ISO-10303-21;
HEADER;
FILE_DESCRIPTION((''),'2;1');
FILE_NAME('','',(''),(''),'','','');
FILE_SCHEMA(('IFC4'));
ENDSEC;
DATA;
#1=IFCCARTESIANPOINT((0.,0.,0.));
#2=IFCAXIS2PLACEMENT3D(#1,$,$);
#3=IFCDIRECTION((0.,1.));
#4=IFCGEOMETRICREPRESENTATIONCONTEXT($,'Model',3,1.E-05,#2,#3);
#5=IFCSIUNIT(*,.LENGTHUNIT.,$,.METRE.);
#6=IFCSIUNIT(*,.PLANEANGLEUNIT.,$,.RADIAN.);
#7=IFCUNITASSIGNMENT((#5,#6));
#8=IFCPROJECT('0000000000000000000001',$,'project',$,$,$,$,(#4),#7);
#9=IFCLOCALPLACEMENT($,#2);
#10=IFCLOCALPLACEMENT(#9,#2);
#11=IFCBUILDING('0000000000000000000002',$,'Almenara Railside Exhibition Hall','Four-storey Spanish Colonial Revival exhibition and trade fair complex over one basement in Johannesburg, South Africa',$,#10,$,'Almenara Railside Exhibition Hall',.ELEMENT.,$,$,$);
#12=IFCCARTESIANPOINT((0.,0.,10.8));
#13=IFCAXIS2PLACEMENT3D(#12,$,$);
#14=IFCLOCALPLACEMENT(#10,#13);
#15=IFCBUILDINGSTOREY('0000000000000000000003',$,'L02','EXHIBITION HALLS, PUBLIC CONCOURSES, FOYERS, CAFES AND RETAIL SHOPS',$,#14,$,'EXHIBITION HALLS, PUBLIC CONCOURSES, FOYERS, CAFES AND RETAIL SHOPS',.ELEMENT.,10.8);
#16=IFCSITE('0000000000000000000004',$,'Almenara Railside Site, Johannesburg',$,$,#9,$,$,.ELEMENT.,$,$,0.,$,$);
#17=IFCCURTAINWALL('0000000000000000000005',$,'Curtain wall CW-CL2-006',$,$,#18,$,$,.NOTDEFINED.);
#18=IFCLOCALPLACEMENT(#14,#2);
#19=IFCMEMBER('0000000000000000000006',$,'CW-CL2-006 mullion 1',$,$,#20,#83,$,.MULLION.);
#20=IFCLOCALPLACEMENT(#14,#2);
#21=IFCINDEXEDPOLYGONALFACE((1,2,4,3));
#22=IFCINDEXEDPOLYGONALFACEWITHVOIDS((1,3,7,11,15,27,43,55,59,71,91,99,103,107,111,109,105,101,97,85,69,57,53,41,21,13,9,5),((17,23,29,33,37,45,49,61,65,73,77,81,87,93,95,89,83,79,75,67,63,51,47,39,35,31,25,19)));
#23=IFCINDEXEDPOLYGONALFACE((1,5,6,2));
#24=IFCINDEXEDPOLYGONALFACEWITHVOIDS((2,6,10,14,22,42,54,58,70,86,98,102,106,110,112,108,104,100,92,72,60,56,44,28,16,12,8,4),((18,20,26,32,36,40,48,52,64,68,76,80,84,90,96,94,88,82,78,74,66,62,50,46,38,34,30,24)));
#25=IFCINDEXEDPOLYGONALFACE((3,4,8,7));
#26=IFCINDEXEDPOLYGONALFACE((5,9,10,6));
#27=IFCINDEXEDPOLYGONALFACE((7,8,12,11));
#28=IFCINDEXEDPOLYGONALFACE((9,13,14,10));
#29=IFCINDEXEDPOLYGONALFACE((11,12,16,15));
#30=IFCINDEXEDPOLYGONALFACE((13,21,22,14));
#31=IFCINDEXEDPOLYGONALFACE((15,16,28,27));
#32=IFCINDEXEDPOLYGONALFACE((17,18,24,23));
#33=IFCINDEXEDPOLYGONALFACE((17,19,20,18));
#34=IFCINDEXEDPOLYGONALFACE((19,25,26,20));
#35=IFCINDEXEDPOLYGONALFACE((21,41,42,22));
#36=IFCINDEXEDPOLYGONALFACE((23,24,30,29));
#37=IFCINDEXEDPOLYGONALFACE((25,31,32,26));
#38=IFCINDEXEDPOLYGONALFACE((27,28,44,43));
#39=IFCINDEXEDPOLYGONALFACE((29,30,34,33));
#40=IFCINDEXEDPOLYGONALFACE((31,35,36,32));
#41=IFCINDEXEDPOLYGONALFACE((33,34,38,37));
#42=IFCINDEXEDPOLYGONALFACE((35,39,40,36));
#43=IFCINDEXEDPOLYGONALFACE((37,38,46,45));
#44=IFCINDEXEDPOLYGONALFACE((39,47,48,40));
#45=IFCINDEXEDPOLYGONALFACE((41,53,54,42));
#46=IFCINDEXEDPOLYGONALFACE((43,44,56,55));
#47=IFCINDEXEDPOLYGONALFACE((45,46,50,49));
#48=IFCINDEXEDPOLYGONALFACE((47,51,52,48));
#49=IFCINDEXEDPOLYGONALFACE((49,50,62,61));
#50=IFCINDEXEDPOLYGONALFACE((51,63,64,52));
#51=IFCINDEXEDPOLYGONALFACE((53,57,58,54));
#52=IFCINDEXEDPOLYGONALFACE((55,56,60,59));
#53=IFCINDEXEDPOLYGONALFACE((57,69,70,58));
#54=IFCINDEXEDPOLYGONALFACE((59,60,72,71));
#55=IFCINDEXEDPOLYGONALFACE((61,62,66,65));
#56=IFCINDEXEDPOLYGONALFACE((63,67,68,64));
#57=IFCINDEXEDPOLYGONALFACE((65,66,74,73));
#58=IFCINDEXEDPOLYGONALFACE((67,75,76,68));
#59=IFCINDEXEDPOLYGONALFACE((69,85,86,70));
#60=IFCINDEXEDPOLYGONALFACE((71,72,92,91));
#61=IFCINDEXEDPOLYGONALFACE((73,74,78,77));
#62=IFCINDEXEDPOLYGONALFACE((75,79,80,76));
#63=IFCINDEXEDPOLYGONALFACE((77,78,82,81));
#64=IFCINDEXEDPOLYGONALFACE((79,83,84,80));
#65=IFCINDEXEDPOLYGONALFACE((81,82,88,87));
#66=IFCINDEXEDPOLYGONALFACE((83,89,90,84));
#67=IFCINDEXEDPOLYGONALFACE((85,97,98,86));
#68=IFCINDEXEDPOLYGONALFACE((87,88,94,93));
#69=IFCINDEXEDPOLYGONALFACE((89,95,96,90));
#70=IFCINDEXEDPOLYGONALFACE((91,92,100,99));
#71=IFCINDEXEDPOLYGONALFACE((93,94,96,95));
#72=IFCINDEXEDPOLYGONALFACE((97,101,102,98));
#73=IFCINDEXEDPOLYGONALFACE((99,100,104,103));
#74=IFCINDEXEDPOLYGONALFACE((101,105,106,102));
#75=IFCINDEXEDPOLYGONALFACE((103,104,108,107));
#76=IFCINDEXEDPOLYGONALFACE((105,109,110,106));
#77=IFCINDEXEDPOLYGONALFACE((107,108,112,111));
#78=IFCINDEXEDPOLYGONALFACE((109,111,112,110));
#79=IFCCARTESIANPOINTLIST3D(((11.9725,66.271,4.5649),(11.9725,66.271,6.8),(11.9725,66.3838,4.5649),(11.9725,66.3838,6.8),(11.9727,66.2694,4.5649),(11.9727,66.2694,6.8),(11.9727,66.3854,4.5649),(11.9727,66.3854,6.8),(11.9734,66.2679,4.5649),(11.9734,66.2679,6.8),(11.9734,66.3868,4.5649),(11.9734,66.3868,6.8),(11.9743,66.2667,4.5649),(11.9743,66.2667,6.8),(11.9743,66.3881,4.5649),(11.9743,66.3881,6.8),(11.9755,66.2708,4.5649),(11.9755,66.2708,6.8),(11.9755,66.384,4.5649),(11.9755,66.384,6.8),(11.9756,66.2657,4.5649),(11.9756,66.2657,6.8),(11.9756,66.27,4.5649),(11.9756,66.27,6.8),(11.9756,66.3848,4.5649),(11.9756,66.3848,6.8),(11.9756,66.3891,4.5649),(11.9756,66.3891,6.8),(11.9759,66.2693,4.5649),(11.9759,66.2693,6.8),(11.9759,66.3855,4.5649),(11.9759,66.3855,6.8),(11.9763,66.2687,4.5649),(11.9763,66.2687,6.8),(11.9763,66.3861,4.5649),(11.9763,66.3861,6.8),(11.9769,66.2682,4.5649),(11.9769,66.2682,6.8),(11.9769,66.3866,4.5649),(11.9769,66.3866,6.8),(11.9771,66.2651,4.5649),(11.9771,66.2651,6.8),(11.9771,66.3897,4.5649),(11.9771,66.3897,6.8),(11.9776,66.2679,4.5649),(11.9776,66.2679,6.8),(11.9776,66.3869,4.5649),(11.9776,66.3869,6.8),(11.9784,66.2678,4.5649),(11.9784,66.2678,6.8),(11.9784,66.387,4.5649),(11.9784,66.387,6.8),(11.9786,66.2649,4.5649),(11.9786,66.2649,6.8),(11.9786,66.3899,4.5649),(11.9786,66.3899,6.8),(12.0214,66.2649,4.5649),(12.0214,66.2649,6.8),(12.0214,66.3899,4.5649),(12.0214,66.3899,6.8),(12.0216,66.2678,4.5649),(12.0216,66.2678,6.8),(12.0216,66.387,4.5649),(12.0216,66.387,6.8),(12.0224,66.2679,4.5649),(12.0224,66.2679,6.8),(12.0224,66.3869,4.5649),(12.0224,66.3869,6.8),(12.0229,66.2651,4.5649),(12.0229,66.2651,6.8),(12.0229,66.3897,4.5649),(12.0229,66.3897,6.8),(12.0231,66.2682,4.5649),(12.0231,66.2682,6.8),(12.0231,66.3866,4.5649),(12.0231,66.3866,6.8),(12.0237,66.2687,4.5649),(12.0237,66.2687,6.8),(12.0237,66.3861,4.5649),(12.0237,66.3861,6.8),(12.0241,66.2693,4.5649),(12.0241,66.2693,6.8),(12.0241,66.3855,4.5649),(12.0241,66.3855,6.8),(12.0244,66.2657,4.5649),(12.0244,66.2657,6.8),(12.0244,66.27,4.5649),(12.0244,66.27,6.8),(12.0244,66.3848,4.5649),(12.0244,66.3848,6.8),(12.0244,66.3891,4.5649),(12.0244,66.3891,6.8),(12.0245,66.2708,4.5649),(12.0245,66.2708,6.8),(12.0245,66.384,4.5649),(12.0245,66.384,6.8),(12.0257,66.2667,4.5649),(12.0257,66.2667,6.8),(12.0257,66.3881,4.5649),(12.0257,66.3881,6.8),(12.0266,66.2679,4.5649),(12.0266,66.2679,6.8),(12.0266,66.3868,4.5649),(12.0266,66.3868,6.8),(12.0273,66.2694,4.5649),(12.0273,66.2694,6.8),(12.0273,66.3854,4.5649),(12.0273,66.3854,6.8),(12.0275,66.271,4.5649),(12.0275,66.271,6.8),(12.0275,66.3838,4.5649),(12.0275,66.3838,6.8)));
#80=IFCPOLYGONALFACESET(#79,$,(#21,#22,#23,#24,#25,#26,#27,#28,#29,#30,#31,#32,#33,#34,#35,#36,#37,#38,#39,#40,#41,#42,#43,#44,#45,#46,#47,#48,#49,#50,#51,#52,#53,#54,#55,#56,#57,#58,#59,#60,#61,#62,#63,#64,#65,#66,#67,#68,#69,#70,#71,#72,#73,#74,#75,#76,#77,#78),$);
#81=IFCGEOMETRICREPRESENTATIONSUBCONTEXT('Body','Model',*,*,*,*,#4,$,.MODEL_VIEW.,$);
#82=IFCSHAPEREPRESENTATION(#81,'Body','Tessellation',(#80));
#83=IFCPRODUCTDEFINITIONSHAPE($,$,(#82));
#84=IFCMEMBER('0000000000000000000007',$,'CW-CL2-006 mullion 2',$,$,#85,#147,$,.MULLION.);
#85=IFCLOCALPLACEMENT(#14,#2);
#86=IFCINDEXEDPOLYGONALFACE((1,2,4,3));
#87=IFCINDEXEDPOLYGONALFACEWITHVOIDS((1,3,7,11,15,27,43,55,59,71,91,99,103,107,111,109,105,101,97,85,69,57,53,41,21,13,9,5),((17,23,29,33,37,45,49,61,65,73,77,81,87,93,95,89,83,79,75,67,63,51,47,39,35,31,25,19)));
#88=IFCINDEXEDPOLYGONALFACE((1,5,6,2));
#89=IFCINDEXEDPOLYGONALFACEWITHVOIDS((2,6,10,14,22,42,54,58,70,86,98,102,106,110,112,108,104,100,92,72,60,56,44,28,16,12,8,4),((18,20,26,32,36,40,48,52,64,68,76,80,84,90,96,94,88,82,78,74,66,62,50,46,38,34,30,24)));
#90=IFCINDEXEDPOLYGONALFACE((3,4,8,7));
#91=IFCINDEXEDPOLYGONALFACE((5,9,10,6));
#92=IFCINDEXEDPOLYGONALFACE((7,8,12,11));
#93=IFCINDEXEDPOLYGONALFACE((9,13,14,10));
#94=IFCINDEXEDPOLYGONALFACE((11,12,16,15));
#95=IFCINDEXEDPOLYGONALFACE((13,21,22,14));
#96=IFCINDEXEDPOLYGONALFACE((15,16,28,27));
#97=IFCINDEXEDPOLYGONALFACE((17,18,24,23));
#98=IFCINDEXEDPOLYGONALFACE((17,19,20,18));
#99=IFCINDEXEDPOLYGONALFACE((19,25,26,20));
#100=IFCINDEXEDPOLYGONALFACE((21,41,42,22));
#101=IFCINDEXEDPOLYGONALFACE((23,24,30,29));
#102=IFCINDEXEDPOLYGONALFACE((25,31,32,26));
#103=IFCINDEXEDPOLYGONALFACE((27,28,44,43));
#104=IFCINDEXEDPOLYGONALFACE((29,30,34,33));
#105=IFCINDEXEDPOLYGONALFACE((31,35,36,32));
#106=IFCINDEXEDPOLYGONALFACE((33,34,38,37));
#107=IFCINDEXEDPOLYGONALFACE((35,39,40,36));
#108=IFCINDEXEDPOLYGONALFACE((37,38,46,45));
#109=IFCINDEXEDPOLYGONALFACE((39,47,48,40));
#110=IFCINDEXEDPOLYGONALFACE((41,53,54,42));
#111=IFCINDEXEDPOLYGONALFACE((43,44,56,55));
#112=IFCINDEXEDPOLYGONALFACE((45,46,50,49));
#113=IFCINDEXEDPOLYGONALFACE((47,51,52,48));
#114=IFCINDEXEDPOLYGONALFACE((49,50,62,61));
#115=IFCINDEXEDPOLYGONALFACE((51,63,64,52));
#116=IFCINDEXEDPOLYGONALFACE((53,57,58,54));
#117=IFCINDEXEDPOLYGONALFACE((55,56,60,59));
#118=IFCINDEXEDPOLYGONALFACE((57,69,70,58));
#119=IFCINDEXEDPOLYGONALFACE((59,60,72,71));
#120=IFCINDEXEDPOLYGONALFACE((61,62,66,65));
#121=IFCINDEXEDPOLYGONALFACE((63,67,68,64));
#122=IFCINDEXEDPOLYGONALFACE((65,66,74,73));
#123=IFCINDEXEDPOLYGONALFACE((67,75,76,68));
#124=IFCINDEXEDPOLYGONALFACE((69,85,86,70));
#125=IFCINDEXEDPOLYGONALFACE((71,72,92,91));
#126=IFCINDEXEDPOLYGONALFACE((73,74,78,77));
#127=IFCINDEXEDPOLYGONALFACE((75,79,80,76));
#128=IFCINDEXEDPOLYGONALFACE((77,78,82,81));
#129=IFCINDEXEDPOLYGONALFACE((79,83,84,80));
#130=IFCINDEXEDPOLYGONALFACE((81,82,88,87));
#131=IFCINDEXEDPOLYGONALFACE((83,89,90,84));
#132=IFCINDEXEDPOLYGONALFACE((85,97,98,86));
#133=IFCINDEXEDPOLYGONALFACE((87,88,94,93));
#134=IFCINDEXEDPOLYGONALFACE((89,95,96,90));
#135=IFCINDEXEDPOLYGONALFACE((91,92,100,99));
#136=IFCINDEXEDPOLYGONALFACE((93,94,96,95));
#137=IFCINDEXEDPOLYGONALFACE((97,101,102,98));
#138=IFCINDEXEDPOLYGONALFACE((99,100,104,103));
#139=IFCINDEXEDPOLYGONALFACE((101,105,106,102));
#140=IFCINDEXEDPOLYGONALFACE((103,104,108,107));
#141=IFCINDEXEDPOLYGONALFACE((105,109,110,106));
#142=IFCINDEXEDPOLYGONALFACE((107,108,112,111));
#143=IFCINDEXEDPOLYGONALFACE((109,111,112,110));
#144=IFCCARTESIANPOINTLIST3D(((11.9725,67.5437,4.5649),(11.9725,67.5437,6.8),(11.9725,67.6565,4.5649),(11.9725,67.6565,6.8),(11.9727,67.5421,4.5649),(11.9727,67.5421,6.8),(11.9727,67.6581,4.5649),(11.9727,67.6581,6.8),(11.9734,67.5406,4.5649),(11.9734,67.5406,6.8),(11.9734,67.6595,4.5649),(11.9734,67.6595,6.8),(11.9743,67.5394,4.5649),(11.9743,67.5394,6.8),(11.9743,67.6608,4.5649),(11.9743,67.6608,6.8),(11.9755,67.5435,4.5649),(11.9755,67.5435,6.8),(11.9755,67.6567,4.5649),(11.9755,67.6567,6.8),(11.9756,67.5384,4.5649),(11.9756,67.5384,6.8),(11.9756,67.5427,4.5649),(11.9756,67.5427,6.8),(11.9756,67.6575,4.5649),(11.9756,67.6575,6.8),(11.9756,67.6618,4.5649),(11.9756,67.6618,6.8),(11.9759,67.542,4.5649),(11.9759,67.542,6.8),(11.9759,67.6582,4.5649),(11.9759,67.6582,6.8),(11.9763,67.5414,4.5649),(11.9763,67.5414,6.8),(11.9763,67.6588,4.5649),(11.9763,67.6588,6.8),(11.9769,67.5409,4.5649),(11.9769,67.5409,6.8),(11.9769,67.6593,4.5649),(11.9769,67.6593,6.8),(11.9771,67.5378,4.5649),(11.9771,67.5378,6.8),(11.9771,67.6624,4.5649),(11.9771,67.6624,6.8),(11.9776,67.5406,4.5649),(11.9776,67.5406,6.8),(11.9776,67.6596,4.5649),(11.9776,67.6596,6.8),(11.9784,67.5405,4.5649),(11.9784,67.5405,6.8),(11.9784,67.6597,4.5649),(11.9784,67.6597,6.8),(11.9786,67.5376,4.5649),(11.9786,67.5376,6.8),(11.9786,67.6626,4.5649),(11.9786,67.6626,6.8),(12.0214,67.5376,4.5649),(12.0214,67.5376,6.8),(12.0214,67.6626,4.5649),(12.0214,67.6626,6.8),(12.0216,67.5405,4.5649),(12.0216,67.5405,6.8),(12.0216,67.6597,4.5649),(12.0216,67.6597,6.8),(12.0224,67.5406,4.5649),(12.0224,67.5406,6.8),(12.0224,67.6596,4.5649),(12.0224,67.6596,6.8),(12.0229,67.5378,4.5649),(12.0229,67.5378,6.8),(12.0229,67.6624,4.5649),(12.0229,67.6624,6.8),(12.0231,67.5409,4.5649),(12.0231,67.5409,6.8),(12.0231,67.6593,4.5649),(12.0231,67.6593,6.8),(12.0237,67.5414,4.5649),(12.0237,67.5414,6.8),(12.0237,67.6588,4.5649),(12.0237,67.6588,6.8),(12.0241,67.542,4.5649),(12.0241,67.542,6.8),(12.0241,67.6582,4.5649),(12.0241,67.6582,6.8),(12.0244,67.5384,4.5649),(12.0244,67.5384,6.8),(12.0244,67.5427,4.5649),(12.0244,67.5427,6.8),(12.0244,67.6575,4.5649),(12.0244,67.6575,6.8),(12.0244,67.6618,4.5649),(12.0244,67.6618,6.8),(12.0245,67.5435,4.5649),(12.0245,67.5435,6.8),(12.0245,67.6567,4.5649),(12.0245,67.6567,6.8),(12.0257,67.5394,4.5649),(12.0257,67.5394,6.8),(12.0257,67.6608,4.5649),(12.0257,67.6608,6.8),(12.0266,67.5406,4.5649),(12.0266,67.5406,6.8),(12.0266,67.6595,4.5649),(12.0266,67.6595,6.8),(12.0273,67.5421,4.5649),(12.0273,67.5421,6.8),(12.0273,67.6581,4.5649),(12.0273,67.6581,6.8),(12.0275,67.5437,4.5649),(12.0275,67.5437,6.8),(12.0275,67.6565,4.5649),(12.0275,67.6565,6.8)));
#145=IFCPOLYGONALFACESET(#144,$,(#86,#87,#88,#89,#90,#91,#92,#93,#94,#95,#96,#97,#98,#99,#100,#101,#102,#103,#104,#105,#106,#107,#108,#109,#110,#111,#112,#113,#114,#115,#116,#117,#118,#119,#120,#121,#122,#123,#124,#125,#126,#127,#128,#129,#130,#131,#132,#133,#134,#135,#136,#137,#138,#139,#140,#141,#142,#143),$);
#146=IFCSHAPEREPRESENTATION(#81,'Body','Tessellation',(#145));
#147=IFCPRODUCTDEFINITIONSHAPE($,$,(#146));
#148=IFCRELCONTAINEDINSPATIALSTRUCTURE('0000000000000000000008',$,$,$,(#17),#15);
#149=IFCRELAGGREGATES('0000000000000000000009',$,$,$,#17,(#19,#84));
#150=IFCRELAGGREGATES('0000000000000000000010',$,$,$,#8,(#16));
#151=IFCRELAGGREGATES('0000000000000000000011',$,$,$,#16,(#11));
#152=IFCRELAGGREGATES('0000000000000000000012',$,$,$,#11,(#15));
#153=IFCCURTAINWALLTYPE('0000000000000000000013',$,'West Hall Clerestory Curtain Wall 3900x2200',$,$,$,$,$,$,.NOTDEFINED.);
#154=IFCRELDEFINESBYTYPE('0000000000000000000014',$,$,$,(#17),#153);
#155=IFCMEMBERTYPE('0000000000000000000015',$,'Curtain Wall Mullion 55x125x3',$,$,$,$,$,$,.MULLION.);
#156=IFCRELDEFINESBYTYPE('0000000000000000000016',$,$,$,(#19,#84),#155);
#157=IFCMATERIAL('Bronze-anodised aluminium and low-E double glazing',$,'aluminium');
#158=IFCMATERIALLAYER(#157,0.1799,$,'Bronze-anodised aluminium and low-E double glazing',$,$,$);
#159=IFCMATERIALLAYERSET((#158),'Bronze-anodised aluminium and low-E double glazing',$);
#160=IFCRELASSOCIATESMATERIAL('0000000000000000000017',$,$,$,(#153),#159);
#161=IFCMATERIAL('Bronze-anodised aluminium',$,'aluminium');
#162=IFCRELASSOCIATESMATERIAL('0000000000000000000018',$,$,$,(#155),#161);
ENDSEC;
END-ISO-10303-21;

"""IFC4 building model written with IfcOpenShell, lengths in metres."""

from ifc_helpers import new_model, si_unit, direction, frame, origin, origin_2d, place, context, subcontext, project, spatial, hollow_rectangle, extrude, material, layer, layer_set, material_profile, profile_set, type_object, element, aggregate, save


model = new_model("IFC4")

# Units and contexts
model_context = context("Model", 3, precision=1e-05, world=origin(), true_north=direction((0.0, 1.0)))
body_context = subcontext(model_context, "Body", "Model", "MODEL_VIEW")
ifc_project = project(units=[si_unit("LENGTHUNIT", "METRE"), si_unit("PLANEANGLEUNIT", "RADIAN")], contexts=[model_context])

# Site, building, storey
site_placement = place(None, origin())
site = spatial("IfcSite", under=ifc_project, at=site_placement, Name="Almenara Railside Site, Johannesburg", CompositionType="ELEMENT", RefElevation=0.0)
building_placement = place(site_placement, origin())
building = spatial("IfcBuilding", under=site, at=building_placement, Name="Almenara Railside Exhibition Hall", Description="Four-storey Spanish Colonial Revival exhibition and trade fair complex over one basement in Johannesburg, South Africa", LongName="Almenara Railside Exhibition Hall", CompositionType="ELEMENT")
storey_placement = place(building_placement, frame((0.0, 0.0, 10.8)))
storey = spatial("IfcBuildingStorey", under=building, at=storey_placement, Name="L02", Description="EXHIBITION HALLS, PUBLIC CONCOURSES, FOYERS, CAFES AND RETAIL SHOPS", LongName="EXHIBITION HALLS, PUBLIC CONCOURSES, FOYERS, CAFES AND RETAIL SHOPS", CompositionType="ELEMENT", Elevation=10.8)

# Curtain wall, members
ifc_material_1 = material(Name="Bronze-anodised aluminium and low-E double glazing", Category="aluminium")
ifc_layer_1 = layer(ifc_material_1, 0.1799, Name="Bronze-anodised aluminium and low-E double glazing")
ifc_layer_set_1 = layer_set([ifc_layer_1], Name="Bronze-anodised aluminium and low-E double glazing")
curtain_wall_type = type_object("IfcCurtainWallType", Name="West Hall Clerestory Curtain Wall 3900x2200", PredefinedType="NOTDEFINED", material=ifc_layer_set_1)
curtain_wall_1_placement = place(storey_placement, origin())
curtain_wall_1 = element("IfcCurtainWall", 1, at=curtain_wall_1_placement, inside=storey, type_object=curtain_wall_type, Name="Curtain wall CW-CL2-006", PredefinedType="NOTDEFINED")
ifc_material_2 = material(Name="Bronze-anodised aluminium", Category="aluminium")
ifc_material_profile_1 = material_profile(ifc_material_2, hollow_rectangle(XDim=0.0549, YDim=0.125, WallThickness=0.0029, InnerFilletRadius=0.0029, OuterFilletRadius=0.0061, at=origin_2d()), Name="ALU-MUL 55x125x3")
ifc_profile_set_1 = profile_set([ifc_material_profile_1], Name="Bronze-anodised aluminium")
member_type_1 = type_object("IfcMemberType", Name="Curtain Wall Mullion 55x125x3", PredefinedType="MULLION", material=ifc_profile_set_1)
member_1_placement = place(storey_placement, frame((12.0, 66.3274, 4.5649), z_axis=(0.0, 0.0, 1.0), x_axis=(-1.0, 0.0, 0.0)))
member_1 = element("IfcMember", 2, at=member_1_placement, type_object=member_type_1, Name="CW-CL2-006 mullion 1", PredefinedType="MULLION", context=body_context, shape_type="SweptSolid", body=[
    extrude(hollow_rectangle(XDim=0.0549, YDim=0.125, WallThickness=0.0029, InnerFilletRadius=0.0029, OuterFilletRadius=0.0061, at=origin_2d()), origin(), (0.0, 0.0, 1.0), 2.2351),
])
member_2_placement = place(storey_placement, frame((12.0, 67.6001, 4.5649), z_axis=(0.0, 0.0, 1.0), x_axis=(-1.0, 0.0, 0.0)))
member_2 = element("IfcMember", 3, at=member_2_placement, type_object=member_type_1, Name="CW-CL2-006 mullion 2", PredefinedType="MULLION", context=body_context, shape_type="SweptSolid", body=[
    extrude(hollow_rectangle(XDim=0.0549, YDim=0.125, WallThickness=0.0029, InnerFilletRadius=0.0029, OuterFilletRadius=0.0061, at=origin_2d()), origin(), (0.0, 0.0, 1.0), 2.2351),
])

aggregate(curtain_wall_1, [member_1, member_2])

save(model, "model.ifc")
